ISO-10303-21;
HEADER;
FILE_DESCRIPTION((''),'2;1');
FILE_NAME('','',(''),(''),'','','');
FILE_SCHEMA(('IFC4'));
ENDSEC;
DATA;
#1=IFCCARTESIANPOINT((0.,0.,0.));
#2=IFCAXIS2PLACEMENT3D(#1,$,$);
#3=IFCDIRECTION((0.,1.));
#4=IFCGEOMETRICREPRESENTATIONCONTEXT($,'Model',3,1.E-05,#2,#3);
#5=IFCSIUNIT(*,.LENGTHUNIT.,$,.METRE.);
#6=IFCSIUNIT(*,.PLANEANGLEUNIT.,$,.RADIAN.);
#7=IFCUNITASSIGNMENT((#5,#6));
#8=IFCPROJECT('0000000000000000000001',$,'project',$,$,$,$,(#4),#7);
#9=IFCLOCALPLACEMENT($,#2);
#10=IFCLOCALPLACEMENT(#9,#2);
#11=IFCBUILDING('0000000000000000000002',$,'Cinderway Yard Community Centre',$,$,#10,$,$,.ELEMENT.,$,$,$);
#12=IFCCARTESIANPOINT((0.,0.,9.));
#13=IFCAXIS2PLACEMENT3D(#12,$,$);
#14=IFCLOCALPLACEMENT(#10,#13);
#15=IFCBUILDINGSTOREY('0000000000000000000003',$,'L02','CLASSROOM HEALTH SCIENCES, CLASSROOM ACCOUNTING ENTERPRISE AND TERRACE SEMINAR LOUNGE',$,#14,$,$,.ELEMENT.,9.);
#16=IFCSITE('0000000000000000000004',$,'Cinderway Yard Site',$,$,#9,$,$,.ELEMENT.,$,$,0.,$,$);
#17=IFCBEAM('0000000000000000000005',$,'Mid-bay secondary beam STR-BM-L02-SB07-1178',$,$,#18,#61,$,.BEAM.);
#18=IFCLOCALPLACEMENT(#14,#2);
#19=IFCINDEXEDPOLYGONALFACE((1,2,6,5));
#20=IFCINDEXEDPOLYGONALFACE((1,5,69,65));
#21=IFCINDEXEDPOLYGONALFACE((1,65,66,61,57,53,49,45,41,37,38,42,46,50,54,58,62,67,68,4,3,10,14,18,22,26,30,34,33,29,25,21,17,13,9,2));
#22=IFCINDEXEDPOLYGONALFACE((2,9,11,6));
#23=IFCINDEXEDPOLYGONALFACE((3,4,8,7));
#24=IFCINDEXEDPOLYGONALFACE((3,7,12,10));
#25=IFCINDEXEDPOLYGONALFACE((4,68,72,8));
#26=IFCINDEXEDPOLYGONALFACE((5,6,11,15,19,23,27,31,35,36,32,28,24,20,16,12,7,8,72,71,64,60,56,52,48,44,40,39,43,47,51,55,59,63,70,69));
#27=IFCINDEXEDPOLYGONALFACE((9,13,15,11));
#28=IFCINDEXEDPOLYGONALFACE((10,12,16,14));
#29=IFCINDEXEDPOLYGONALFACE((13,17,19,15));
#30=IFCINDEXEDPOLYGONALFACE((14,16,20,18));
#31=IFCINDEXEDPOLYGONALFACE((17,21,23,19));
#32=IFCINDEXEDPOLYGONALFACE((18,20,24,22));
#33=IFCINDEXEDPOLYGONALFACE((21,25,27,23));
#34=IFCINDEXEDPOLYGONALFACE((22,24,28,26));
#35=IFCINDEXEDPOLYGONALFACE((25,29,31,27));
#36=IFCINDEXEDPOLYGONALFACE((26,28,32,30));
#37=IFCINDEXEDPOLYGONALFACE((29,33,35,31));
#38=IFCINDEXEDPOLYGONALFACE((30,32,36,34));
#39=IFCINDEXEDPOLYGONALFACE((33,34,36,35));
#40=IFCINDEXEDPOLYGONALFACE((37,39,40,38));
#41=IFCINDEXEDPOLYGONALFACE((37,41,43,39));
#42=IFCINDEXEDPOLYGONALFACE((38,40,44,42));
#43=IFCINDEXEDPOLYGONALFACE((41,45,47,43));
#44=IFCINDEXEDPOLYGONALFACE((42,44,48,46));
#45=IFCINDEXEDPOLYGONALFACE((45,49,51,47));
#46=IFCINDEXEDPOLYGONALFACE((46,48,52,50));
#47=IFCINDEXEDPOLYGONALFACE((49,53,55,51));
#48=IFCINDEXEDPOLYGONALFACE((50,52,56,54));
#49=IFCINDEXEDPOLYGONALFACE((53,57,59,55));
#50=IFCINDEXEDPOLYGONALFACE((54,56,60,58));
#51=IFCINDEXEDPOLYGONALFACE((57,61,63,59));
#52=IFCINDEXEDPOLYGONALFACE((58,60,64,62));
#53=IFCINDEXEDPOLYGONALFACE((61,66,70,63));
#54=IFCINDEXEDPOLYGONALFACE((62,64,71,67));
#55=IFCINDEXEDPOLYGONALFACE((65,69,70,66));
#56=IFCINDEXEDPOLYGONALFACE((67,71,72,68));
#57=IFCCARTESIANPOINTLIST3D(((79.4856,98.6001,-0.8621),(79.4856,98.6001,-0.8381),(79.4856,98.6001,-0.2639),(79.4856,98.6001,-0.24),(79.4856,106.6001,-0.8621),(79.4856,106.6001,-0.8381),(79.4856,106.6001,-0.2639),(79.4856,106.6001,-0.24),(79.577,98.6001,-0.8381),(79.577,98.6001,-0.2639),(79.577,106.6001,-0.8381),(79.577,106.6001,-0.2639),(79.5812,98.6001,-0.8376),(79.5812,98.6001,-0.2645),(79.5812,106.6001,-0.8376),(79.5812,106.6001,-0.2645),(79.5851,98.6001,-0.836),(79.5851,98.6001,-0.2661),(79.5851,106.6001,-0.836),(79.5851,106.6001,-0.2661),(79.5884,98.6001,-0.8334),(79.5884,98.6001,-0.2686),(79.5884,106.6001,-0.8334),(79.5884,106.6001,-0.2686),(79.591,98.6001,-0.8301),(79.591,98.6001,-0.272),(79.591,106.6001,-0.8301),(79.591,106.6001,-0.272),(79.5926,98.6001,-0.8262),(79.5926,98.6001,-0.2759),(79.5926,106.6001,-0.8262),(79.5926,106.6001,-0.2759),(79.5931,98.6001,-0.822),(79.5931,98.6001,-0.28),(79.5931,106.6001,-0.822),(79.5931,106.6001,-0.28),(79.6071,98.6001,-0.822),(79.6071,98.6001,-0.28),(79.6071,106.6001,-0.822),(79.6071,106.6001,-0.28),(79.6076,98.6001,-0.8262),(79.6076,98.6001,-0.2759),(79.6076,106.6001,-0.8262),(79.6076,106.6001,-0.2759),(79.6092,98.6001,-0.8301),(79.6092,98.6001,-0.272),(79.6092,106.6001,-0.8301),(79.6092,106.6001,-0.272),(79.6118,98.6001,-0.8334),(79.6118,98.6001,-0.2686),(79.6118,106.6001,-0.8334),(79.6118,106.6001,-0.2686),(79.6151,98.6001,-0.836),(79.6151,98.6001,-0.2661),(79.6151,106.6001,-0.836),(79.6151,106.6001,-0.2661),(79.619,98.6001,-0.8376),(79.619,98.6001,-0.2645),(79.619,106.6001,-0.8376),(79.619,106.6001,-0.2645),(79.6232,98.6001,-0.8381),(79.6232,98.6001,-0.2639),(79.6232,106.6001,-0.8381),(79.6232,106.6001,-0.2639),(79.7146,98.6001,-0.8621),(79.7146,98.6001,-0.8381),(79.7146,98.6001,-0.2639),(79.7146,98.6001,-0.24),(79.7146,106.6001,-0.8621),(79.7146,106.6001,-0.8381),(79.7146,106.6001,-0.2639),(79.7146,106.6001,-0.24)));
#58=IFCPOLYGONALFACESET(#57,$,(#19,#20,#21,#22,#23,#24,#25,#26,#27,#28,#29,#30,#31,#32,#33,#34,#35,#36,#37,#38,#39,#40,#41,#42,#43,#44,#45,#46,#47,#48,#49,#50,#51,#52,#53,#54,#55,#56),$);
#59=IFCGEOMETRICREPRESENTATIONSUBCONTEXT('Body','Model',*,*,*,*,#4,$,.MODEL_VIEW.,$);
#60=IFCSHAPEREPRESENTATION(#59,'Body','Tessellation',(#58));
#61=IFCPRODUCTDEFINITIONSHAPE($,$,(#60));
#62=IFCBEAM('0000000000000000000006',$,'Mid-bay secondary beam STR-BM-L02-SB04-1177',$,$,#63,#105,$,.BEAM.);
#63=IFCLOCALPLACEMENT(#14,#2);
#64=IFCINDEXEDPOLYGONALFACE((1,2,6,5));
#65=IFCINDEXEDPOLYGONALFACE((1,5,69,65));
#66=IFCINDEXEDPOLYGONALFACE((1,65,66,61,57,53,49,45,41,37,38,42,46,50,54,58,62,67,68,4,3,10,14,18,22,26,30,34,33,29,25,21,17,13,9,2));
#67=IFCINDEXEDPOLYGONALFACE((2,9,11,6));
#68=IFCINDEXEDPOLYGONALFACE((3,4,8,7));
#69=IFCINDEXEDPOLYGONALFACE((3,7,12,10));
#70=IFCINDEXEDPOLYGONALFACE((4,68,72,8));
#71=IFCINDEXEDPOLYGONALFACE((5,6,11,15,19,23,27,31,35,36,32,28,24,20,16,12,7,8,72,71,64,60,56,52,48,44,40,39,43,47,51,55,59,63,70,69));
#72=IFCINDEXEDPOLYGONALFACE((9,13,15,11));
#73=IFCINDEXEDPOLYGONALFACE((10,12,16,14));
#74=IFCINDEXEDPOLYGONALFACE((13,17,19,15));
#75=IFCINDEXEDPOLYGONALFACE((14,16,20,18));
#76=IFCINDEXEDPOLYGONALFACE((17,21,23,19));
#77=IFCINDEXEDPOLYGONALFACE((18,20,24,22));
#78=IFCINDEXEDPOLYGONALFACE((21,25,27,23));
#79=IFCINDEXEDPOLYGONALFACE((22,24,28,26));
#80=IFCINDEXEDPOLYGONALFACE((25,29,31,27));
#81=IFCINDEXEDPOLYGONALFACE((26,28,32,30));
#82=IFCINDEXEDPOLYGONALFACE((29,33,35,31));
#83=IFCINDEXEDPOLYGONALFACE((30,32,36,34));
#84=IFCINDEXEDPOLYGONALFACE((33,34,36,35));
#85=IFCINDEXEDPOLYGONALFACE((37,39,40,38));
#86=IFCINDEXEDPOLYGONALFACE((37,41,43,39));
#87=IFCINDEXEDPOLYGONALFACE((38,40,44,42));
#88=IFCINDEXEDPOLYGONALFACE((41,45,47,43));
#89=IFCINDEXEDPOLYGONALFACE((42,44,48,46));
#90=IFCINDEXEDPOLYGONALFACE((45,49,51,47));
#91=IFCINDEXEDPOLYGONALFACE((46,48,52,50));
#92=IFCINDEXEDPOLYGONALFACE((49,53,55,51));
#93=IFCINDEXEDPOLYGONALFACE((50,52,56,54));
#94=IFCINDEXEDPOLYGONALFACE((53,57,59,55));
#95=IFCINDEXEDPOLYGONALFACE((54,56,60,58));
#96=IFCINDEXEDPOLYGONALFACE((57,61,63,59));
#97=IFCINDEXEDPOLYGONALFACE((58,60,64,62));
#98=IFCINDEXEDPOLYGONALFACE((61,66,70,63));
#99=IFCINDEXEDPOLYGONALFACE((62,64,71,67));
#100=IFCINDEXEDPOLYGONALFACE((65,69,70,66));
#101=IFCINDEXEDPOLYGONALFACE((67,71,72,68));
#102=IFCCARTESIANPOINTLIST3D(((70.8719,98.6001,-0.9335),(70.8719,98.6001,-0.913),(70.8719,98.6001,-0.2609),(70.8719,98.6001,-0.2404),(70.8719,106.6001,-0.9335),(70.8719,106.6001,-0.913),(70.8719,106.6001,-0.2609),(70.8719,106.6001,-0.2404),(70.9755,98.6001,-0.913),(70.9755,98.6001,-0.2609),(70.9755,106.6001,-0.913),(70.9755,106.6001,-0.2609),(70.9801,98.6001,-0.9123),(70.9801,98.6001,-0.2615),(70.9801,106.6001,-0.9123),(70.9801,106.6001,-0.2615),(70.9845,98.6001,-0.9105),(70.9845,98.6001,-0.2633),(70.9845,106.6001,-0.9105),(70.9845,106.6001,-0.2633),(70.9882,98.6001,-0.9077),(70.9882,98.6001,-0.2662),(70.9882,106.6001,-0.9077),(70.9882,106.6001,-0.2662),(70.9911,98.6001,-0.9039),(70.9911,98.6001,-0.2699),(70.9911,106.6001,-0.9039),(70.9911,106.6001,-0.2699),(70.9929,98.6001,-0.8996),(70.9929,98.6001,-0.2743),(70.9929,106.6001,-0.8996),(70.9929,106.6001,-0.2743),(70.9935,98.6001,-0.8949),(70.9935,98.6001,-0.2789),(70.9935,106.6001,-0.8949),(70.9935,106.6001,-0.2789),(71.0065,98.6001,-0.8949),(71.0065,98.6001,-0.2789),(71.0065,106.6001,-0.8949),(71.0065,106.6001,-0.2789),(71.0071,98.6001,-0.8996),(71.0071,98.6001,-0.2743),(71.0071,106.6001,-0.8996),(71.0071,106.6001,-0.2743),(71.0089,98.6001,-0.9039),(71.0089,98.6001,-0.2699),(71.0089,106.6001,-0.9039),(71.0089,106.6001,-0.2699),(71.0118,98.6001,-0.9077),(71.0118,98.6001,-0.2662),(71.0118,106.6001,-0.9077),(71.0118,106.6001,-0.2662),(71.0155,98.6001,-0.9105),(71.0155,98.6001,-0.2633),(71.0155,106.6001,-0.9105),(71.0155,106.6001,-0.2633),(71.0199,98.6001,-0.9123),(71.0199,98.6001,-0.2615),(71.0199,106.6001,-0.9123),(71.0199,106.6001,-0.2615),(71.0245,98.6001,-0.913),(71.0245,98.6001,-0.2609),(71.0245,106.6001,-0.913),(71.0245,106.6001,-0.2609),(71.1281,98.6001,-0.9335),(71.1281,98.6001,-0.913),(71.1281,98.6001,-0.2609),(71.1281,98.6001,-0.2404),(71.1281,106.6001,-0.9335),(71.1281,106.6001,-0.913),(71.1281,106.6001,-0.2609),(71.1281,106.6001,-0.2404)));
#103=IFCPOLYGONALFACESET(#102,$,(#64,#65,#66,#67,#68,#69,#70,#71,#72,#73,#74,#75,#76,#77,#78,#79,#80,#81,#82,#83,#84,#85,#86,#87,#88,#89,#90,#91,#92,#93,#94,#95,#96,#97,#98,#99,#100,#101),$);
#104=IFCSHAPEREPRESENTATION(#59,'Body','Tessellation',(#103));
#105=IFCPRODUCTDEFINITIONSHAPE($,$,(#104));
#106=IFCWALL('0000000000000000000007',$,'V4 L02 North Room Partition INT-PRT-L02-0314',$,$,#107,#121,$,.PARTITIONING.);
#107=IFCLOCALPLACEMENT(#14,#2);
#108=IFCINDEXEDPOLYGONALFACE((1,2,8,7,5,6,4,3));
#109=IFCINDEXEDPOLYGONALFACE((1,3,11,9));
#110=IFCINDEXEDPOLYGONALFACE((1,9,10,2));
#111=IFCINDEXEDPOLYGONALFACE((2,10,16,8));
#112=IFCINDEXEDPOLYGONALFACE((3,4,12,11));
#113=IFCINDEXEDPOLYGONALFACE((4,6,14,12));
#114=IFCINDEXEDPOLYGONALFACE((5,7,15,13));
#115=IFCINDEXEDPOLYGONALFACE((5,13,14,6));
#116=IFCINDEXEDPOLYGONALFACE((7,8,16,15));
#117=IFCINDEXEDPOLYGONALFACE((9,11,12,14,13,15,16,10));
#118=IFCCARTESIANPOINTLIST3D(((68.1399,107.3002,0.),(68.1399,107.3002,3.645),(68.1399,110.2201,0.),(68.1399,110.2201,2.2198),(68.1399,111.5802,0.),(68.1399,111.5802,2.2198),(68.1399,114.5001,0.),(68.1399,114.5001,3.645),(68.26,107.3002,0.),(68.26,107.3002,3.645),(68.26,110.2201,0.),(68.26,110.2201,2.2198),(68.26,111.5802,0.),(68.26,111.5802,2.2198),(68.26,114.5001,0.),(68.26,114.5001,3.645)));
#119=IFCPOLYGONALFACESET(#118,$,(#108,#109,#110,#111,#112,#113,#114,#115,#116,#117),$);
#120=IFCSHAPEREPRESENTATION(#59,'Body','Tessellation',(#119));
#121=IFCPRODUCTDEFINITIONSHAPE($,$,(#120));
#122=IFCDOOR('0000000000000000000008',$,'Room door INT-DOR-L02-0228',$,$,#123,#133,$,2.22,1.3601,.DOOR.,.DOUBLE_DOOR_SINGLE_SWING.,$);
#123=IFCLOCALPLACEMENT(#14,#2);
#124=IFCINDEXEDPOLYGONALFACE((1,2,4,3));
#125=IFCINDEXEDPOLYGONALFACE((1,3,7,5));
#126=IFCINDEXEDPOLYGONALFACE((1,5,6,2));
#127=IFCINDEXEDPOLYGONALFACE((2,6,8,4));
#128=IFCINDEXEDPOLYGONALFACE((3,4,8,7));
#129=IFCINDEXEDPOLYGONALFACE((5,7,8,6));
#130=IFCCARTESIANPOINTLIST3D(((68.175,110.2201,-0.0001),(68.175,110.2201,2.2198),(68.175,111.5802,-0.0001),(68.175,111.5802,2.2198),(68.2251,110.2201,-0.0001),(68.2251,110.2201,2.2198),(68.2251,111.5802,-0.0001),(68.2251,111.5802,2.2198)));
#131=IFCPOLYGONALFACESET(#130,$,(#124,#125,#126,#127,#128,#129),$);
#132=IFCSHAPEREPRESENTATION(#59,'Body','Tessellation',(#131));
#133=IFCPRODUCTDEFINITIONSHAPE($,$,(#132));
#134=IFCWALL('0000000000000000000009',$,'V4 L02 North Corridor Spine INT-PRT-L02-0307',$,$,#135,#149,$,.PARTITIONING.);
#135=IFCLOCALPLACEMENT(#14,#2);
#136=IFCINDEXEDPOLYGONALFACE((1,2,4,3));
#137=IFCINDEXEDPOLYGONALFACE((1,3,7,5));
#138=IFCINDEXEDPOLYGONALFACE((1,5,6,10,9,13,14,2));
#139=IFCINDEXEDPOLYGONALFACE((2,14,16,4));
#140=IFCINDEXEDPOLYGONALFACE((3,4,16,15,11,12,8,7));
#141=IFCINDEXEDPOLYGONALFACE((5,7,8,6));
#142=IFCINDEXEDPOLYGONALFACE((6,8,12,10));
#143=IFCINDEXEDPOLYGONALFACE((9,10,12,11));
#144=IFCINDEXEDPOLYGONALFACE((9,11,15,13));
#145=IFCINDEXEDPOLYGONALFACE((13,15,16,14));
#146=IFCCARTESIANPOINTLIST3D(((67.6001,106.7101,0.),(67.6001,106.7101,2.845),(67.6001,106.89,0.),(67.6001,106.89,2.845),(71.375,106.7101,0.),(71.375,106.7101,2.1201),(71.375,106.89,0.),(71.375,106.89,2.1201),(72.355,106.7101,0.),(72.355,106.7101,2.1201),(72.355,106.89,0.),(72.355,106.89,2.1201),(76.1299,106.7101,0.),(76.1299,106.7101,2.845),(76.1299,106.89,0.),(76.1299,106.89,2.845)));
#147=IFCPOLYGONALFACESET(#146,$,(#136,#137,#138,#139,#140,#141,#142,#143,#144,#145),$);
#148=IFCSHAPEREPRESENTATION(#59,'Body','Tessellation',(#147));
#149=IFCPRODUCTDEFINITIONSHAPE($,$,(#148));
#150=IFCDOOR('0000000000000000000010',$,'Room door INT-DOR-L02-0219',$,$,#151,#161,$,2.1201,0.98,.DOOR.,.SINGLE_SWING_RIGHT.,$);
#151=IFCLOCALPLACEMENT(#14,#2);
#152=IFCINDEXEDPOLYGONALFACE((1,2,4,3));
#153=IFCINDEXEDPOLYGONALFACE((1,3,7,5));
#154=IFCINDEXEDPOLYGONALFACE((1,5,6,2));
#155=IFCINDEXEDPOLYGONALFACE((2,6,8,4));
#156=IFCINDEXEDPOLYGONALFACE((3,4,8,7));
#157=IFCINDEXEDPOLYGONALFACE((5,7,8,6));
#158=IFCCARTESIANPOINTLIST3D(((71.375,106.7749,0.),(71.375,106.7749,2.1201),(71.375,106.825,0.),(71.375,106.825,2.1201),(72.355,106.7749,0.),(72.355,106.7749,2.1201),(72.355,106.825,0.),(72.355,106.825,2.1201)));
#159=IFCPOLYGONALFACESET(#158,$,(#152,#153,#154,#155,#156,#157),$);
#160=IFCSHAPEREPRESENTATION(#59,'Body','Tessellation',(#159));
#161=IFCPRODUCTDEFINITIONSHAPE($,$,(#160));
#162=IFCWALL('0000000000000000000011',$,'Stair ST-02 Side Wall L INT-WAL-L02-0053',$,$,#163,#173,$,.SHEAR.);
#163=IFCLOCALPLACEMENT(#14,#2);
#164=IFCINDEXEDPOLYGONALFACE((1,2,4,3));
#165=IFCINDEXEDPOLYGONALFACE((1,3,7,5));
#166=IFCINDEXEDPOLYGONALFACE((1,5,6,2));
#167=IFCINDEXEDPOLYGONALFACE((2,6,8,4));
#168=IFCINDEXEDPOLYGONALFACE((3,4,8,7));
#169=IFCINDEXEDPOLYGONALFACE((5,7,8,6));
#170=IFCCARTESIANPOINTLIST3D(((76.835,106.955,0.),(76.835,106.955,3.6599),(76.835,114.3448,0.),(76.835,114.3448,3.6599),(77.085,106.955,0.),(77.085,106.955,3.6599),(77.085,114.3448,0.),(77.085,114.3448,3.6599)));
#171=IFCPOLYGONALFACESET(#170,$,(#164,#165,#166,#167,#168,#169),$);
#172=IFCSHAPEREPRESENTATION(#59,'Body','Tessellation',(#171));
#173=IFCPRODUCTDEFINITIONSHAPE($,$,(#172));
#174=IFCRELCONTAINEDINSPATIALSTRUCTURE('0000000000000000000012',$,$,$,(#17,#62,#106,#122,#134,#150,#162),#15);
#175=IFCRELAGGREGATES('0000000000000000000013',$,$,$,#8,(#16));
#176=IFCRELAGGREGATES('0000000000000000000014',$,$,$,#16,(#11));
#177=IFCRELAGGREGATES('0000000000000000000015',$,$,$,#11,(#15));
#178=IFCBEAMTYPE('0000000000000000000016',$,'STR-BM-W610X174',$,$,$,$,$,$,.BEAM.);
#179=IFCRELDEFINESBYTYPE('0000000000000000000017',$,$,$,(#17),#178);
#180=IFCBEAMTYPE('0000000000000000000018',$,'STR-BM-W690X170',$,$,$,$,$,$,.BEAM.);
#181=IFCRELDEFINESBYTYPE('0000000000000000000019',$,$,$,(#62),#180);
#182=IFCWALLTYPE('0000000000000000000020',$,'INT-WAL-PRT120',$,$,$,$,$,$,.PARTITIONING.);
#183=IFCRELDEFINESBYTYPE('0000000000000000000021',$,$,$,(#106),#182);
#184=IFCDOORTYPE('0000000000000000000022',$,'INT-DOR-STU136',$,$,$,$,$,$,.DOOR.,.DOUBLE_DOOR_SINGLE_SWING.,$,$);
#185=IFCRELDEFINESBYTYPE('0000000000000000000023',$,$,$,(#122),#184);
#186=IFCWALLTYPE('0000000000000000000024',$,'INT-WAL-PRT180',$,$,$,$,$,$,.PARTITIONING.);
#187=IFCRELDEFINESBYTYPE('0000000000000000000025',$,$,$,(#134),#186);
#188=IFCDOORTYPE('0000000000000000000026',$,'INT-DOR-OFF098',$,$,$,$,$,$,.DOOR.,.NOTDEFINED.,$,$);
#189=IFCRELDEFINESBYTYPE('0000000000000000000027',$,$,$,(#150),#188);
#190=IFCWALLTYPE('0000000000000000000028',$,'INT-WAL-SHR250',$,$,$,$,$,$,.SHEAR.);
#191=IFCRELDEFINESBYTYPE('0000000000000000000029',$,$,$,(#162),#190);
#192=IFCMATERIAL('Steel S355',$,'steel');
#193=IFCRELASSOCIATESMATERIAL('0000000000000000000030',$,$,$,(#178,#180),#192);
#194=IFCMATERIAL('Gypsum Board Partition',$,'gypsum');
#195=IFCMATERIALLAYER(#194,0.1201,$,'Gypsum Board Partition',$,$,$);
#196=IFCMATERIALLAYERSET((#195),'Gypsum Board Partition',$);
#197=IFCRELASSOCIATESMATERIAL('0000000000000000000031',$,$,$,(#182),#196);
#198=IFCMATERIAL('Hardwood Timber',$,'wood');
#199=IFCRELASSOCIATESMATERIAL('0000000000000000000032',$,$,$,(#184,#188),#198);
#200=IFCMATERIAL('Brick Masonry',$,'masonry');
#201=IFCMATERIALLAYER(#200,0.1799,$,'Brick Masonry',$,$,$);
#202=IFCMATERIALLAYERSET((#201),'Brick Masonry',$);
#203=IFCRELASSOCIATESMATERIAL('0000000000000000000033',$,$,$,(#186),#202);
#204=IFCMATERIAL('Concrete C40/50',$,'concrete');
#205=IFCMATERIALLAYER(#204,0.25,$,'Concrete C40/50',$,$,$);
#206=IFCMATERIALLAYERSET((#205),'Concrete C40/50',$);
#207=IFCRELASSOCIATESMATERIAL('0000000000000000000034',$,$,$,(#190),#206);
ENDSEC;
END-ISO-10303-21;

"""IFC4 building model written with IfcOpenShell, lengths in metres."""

from ifc_helpers import new_model, si_unit, direction, frame, frame_2d, origin, origin_2d, place, context, subcontext, project, spatial, rectangle, i_section, extrude, material, layer, layer_set, material_profile, profile_set, type_object, element, fill, save


model = new_model("IFC4")

# Units and contexts
model_context = context("Model", 3, precision=1e-05, world=origin(), true_north=direction((0.0, 1.0)))
body_context = subcontext(model_context, "Body", "Model", "MODEL_VIEW")
ifc_project = project(units=[si_unit("LENGTHUNIT", "METRE"), si_unit("PLANEANGLEUNIT", "RADIAN")], contexts=[model_context])

# Site, building, storey
site_placement = place(None, origin())
site = spatial("IfcSite", under=ifc_project, at=site_placement, Name="Cinderway Yard Site", CompositionType="ELEMENT", RefElevation=0.0)
building_placement = place(site_placement, origin())
building = spatial("IfcBuilding", under=site, at=building_placement, Name="Cinderway Yard Community Centre", CompositionType="ELEMENT")
storey_placement = place(building_placement, frame((0.0, 0.0, 9.0)))
storey = spatial("IfcBuildingStorey", under=building, at=storey_placement, Name="L02", Description="CLASSROOM HEALTH SCIENCES, CLASSROOM ACCOUNTING ENTERPRISE AND TERRACE SEMINAR LOUNGE", CompositionType="ELEMENT", Elevation=9.0)

# Shared definitions
ifc_material_1 = material(Name="Concrete C40/50", Category="concrete")

# Beams
ifc_material_2 = material(Name="Steel S355", Category="steel")
ifc_material_profile_1 = material_profile(ifc_material_2, i_section(OverallWidth=0.229, OverallDepth=0.6221, WebThickness=0.0139, FlangeThickness=0.0239, FilletRadius=0.0161, at=origin_2d()), Name="Steel S355")
ifc_profile_set_1 = profile_set([ifc_material_profile_1], Name="Steel S355")
beam_type_1 = type_object("IfcBeamType", Name="STR-BM-W610X174", PredefinedType="BEAM", material=ifc_profile_set_1)
beam_1_placement = place(storey_placement, frame((79.6001, 98.6001, -0.551), z_axis=(0.0, 1.0, 0.0), x_axis=(-1.0, 0.0, 0.0)))
element("IfcBeam", 1, at=beam_1_placement, inside=storey, type_object=beam_type_1, Name="Mid-bay secondary beam STR-BM-L02-SB07-1178", PredefinedType="BEAM", context=body_context, shape_type="SweptSolid", body=[
    extrude(i_section(OverallWidth=0.229, OverallDepth=0.6221, WebThickness=0.0139, FlangeThickness=0.0239, FilletRadius=0.0161, at=origin_2d()), origin(), (0.0, 0.0, 1.0), 8.0),
])
ifc_material_profile_2 = material_profile(ifc_material_2, i_section(OverallWidth=0.2561, OverallDepth=0.6931, WebThickness=0.0129, FlangeThickness=0.0205, FilletRadius=0.0181, at=origin_2d()), Name="Steel S355")
ifc_profile_set_2 = profile_set([ifc_material_profile_2], Name="Steel S355")
beam_type_2 = type_object("IfcBeamType", Name="STR-BM-W690X170", PredefinedType="BEAM", material=ifc_profile_set_2)
beam_2_placement = place(storey_placement, frame((71.0, 98.6001, -0.5869), z_axis=(0.0, 1.0, 0.0), x_axis=(-1.0, 0.0, 0.0)))
element("IfcBeam", 2, at=beam_2_placement, inside=storey, type_object=beam_type_2, Name="Mid-bay secondary beam STR-BM-L02-SB04-1177", PredefinedType="BEAM", context=body_context, shape_type="SweptSolid", body=[
    extrude(i_section(OverallWidth=0.2561, OverallDepth=0.6931, WebThickness=0.0129, FlangeThickness=0.0205, FilletRadius=0.0181, at=origin_2d()), origin(), (0.0, 0.0, 1.0), 8.0),
])

# Walls, openings, doors
ifc_material_3 = material(Name="Gypsum Board Partition", Category="gypsum")
ifc_layer_1 = layer(ifc_material_3, 0.1201, Name="Gypsum Board Partition")
ifc_layer_set_1 = layer_set([ifc_layer_1], Name="Gypsum Board Partition")
wall_type_1 = type_object("IfcWallType", Name="INT-WAL-PRT120", PredefinedType="PARTITIONING", material=ifc_layer_set_1)
wall_1_placement = place(storey_placement, frame((68.2, 107.3, 0.0), z_axis=(0.0, 0.0, 1.0), x_axis=(0.0, 1.0, 0.0)))
wall_1 = element("IfcWall", 3, at=wall_1_placement, inside=storey, type_object=wall_type_1, Name="V4 L02 North Room Partition INT-PRT-L02-0314", PredefinedType="PARTITIONING", context=body_context, shape_type="SweptSolid", body=[
    extrude(rectangle(XDim=7.2, YDim=0.1201, at=frame_2d((3.6001, 0.0))), origin(), (0.0, 0.0, 1.0), 3.645),
])
opening_1_placement = place(wall_1_placement, frame((2.9199, 0.0, 0.0)))
opening_1 = element("IfcOpeningElement", 4, at=opening_1_placement, cuts=wall_1, PredefinedType="OPENING", context=body_context, shape_type="SweptSolid", body=[
    extrude(rectangle(XDim=1.3601, YDim=2.22, at=frame_2d((0.6802, 1.1099))), frame((0.0, 0.0701, 0.0), z_axis=(0.0, -1.0, 0.0), x_axis=(1.0, 0.0, 0.0)), (0.0, 0.0, 1.0), 0.1401),
])
ifc_material_4 = material(Name="Hardwood Timber", Category="wood")
door_type_1 = type_object("IfcDoorType", Name="INT-DOR-STU136", OperationType="DOUBLE_DOOR_SINGLE_SWING", PredefinedType="DOOR", material=ifc_material_4)
door_1_placement = place(opening_1_placement, origin())
door_1 = element("IfcDoor", 5, at=door_1_placement, inside=storey, type_object=door_type_1, Name="Room door INT-DOR-L02-0228", OperationType="DOUBLE_DOOR_SINGLE_SWING", OverallHeight=2.22, OverallWidth=1.3601, PredefinedType="DOOR", context=body_context, shape_type="SweptSolid", body=[
    extrude(rectangle(XDim=1.3601, YDim=2.22, at=frame_2d((0.6802, 1.1099))), frame((0.0, 0.0249, 0.0), z_axis=(0.0, -1.0, 0.0), x_axis=(1.0, 0.0, 0.0)), (0.0, 0.0, 1.0), 0.05),
])
fill(opening_1, door_1)
ifc_material_5 = material(Name="Brick Masonry", Category="masonry")
ifc_layer_2 = layer(ifc_material_5, 0.1799, Name="Brick Masonry")
ifc_layer_set_2 = layer_set([ifc_layer_2], Name="Brick Masonry")
wall_type_2 = type_object("IfcWallType", Name="INT-WAL-PRT180", PredefinedType="PARTITIONING", material=ifc_layer_set_2)
wall_2_placement = place(storey_placement, frame((67.6001, 106.8, 0.0), z_axis=(0.0, 0.0, 1.0), x_axis=(1.0, 0.0, 0.0)))
wall_2 = element("IfcWall", 6, at=wall_2_placement, inside=storey, type_object=wall_type_2, Name="V4 L02 North Corridor Spine INT-PRT-L02-0307", PredefinedType="PARTITIONING", context=body_context, shape_type="SweptSolid", body=[
    extrude(rectangle(XDim=8.5298, YDim=0.1799, at=frame_2d((4.2649, 0.0))), origin(), (0.0, 0.0, 1.0), 2.845),
])
opening_2_placement = place(wall_2_placement, frame((3.7749, 0.0, 0.0)))
opening_2 = element("IfcOpeningElement", 7, at=opening_2_placement, cuts=wall_2, PredefinedType="OPENING", context=body_context, shape_type="SweptSolid", body=[
    extrude(rectangle(XDim=0.98, YDim=2.1201, at=frame_2d((0.49, 1.0601))), frame((0.0, 0.0999, 0.0), z_axis=(0.0, -1.0, 0.0), x_axis=(1.0, 0.0, 0.0)), (0.0, 0.0, 1.0), 0.2),
])
door_type_2 = type_object("IfcDoorType", Name="INT-DOR-OFF098", OperationType="NOTDEFINED", PredefinedType="DOOR", material=ifc_material_4)
door_2_placement = place(opening_2_placement, origin())
door_2 = element("IfcDoor", 8, at=door_2_placement, inside=storey, type_object=door_type_2, Name="Room door INT-DOR-L02-0219", OperationType="SINGLE_SWING_RIGHT", OverallHeight=2.1201, OverallWidth=0.98, PredefinedType="DOOR", context=body_context, shape_type="SweptSolid", body=[
    extrude(rectangle(XDim=0.98, YDim=2.1201, at=frame_2d((0.49, 1.0601))), frame((0.0, 0.0249, 0.0), z_axis=(0.0, -1.0, 0.0), x_axis=(1.0, 0.0, 0.0)), (0.0, 0.0, 1.0), 0.05),
])
fill(opening_2, door_2)
ifc_layer_3 = layer(ifc_material_1, 0.25, Name="Concrete C40/50")
ifc_layer_set_3 = layer_set([ifc_layer_3], Name="Concrete C40/50")
wall_type_3 = type_object("IfcWallType", Name="INT-WAL-SHR250", PredefinedType="SHEAR", material=ifc_layer_set_3)

# Wall
wall_3_placement = place(storey_placement, frame((76.96, 106.9551, 0.0), z_axis=(0.0, 0.0, 1.0), x_axis=(0.0, 1.0, 0.0)))
element("IfcWall", 9, at=wall_3_placement, inside=storey, type_object=wall_type_3, Name="Stair ST-02 Side Wall L INT-WAL-L02-0053", PredefinedType="SHEAR", context=body_context, shape_type="SweptSolid", body=[
    extrude(rectangle(XDim=7.3899, YDim=0.25, at=frame_2d((3.6948, 0.0))), origin(), (0.0, 0.0, 1.0), 3.6599),
])

save(model, "model.ifc")
